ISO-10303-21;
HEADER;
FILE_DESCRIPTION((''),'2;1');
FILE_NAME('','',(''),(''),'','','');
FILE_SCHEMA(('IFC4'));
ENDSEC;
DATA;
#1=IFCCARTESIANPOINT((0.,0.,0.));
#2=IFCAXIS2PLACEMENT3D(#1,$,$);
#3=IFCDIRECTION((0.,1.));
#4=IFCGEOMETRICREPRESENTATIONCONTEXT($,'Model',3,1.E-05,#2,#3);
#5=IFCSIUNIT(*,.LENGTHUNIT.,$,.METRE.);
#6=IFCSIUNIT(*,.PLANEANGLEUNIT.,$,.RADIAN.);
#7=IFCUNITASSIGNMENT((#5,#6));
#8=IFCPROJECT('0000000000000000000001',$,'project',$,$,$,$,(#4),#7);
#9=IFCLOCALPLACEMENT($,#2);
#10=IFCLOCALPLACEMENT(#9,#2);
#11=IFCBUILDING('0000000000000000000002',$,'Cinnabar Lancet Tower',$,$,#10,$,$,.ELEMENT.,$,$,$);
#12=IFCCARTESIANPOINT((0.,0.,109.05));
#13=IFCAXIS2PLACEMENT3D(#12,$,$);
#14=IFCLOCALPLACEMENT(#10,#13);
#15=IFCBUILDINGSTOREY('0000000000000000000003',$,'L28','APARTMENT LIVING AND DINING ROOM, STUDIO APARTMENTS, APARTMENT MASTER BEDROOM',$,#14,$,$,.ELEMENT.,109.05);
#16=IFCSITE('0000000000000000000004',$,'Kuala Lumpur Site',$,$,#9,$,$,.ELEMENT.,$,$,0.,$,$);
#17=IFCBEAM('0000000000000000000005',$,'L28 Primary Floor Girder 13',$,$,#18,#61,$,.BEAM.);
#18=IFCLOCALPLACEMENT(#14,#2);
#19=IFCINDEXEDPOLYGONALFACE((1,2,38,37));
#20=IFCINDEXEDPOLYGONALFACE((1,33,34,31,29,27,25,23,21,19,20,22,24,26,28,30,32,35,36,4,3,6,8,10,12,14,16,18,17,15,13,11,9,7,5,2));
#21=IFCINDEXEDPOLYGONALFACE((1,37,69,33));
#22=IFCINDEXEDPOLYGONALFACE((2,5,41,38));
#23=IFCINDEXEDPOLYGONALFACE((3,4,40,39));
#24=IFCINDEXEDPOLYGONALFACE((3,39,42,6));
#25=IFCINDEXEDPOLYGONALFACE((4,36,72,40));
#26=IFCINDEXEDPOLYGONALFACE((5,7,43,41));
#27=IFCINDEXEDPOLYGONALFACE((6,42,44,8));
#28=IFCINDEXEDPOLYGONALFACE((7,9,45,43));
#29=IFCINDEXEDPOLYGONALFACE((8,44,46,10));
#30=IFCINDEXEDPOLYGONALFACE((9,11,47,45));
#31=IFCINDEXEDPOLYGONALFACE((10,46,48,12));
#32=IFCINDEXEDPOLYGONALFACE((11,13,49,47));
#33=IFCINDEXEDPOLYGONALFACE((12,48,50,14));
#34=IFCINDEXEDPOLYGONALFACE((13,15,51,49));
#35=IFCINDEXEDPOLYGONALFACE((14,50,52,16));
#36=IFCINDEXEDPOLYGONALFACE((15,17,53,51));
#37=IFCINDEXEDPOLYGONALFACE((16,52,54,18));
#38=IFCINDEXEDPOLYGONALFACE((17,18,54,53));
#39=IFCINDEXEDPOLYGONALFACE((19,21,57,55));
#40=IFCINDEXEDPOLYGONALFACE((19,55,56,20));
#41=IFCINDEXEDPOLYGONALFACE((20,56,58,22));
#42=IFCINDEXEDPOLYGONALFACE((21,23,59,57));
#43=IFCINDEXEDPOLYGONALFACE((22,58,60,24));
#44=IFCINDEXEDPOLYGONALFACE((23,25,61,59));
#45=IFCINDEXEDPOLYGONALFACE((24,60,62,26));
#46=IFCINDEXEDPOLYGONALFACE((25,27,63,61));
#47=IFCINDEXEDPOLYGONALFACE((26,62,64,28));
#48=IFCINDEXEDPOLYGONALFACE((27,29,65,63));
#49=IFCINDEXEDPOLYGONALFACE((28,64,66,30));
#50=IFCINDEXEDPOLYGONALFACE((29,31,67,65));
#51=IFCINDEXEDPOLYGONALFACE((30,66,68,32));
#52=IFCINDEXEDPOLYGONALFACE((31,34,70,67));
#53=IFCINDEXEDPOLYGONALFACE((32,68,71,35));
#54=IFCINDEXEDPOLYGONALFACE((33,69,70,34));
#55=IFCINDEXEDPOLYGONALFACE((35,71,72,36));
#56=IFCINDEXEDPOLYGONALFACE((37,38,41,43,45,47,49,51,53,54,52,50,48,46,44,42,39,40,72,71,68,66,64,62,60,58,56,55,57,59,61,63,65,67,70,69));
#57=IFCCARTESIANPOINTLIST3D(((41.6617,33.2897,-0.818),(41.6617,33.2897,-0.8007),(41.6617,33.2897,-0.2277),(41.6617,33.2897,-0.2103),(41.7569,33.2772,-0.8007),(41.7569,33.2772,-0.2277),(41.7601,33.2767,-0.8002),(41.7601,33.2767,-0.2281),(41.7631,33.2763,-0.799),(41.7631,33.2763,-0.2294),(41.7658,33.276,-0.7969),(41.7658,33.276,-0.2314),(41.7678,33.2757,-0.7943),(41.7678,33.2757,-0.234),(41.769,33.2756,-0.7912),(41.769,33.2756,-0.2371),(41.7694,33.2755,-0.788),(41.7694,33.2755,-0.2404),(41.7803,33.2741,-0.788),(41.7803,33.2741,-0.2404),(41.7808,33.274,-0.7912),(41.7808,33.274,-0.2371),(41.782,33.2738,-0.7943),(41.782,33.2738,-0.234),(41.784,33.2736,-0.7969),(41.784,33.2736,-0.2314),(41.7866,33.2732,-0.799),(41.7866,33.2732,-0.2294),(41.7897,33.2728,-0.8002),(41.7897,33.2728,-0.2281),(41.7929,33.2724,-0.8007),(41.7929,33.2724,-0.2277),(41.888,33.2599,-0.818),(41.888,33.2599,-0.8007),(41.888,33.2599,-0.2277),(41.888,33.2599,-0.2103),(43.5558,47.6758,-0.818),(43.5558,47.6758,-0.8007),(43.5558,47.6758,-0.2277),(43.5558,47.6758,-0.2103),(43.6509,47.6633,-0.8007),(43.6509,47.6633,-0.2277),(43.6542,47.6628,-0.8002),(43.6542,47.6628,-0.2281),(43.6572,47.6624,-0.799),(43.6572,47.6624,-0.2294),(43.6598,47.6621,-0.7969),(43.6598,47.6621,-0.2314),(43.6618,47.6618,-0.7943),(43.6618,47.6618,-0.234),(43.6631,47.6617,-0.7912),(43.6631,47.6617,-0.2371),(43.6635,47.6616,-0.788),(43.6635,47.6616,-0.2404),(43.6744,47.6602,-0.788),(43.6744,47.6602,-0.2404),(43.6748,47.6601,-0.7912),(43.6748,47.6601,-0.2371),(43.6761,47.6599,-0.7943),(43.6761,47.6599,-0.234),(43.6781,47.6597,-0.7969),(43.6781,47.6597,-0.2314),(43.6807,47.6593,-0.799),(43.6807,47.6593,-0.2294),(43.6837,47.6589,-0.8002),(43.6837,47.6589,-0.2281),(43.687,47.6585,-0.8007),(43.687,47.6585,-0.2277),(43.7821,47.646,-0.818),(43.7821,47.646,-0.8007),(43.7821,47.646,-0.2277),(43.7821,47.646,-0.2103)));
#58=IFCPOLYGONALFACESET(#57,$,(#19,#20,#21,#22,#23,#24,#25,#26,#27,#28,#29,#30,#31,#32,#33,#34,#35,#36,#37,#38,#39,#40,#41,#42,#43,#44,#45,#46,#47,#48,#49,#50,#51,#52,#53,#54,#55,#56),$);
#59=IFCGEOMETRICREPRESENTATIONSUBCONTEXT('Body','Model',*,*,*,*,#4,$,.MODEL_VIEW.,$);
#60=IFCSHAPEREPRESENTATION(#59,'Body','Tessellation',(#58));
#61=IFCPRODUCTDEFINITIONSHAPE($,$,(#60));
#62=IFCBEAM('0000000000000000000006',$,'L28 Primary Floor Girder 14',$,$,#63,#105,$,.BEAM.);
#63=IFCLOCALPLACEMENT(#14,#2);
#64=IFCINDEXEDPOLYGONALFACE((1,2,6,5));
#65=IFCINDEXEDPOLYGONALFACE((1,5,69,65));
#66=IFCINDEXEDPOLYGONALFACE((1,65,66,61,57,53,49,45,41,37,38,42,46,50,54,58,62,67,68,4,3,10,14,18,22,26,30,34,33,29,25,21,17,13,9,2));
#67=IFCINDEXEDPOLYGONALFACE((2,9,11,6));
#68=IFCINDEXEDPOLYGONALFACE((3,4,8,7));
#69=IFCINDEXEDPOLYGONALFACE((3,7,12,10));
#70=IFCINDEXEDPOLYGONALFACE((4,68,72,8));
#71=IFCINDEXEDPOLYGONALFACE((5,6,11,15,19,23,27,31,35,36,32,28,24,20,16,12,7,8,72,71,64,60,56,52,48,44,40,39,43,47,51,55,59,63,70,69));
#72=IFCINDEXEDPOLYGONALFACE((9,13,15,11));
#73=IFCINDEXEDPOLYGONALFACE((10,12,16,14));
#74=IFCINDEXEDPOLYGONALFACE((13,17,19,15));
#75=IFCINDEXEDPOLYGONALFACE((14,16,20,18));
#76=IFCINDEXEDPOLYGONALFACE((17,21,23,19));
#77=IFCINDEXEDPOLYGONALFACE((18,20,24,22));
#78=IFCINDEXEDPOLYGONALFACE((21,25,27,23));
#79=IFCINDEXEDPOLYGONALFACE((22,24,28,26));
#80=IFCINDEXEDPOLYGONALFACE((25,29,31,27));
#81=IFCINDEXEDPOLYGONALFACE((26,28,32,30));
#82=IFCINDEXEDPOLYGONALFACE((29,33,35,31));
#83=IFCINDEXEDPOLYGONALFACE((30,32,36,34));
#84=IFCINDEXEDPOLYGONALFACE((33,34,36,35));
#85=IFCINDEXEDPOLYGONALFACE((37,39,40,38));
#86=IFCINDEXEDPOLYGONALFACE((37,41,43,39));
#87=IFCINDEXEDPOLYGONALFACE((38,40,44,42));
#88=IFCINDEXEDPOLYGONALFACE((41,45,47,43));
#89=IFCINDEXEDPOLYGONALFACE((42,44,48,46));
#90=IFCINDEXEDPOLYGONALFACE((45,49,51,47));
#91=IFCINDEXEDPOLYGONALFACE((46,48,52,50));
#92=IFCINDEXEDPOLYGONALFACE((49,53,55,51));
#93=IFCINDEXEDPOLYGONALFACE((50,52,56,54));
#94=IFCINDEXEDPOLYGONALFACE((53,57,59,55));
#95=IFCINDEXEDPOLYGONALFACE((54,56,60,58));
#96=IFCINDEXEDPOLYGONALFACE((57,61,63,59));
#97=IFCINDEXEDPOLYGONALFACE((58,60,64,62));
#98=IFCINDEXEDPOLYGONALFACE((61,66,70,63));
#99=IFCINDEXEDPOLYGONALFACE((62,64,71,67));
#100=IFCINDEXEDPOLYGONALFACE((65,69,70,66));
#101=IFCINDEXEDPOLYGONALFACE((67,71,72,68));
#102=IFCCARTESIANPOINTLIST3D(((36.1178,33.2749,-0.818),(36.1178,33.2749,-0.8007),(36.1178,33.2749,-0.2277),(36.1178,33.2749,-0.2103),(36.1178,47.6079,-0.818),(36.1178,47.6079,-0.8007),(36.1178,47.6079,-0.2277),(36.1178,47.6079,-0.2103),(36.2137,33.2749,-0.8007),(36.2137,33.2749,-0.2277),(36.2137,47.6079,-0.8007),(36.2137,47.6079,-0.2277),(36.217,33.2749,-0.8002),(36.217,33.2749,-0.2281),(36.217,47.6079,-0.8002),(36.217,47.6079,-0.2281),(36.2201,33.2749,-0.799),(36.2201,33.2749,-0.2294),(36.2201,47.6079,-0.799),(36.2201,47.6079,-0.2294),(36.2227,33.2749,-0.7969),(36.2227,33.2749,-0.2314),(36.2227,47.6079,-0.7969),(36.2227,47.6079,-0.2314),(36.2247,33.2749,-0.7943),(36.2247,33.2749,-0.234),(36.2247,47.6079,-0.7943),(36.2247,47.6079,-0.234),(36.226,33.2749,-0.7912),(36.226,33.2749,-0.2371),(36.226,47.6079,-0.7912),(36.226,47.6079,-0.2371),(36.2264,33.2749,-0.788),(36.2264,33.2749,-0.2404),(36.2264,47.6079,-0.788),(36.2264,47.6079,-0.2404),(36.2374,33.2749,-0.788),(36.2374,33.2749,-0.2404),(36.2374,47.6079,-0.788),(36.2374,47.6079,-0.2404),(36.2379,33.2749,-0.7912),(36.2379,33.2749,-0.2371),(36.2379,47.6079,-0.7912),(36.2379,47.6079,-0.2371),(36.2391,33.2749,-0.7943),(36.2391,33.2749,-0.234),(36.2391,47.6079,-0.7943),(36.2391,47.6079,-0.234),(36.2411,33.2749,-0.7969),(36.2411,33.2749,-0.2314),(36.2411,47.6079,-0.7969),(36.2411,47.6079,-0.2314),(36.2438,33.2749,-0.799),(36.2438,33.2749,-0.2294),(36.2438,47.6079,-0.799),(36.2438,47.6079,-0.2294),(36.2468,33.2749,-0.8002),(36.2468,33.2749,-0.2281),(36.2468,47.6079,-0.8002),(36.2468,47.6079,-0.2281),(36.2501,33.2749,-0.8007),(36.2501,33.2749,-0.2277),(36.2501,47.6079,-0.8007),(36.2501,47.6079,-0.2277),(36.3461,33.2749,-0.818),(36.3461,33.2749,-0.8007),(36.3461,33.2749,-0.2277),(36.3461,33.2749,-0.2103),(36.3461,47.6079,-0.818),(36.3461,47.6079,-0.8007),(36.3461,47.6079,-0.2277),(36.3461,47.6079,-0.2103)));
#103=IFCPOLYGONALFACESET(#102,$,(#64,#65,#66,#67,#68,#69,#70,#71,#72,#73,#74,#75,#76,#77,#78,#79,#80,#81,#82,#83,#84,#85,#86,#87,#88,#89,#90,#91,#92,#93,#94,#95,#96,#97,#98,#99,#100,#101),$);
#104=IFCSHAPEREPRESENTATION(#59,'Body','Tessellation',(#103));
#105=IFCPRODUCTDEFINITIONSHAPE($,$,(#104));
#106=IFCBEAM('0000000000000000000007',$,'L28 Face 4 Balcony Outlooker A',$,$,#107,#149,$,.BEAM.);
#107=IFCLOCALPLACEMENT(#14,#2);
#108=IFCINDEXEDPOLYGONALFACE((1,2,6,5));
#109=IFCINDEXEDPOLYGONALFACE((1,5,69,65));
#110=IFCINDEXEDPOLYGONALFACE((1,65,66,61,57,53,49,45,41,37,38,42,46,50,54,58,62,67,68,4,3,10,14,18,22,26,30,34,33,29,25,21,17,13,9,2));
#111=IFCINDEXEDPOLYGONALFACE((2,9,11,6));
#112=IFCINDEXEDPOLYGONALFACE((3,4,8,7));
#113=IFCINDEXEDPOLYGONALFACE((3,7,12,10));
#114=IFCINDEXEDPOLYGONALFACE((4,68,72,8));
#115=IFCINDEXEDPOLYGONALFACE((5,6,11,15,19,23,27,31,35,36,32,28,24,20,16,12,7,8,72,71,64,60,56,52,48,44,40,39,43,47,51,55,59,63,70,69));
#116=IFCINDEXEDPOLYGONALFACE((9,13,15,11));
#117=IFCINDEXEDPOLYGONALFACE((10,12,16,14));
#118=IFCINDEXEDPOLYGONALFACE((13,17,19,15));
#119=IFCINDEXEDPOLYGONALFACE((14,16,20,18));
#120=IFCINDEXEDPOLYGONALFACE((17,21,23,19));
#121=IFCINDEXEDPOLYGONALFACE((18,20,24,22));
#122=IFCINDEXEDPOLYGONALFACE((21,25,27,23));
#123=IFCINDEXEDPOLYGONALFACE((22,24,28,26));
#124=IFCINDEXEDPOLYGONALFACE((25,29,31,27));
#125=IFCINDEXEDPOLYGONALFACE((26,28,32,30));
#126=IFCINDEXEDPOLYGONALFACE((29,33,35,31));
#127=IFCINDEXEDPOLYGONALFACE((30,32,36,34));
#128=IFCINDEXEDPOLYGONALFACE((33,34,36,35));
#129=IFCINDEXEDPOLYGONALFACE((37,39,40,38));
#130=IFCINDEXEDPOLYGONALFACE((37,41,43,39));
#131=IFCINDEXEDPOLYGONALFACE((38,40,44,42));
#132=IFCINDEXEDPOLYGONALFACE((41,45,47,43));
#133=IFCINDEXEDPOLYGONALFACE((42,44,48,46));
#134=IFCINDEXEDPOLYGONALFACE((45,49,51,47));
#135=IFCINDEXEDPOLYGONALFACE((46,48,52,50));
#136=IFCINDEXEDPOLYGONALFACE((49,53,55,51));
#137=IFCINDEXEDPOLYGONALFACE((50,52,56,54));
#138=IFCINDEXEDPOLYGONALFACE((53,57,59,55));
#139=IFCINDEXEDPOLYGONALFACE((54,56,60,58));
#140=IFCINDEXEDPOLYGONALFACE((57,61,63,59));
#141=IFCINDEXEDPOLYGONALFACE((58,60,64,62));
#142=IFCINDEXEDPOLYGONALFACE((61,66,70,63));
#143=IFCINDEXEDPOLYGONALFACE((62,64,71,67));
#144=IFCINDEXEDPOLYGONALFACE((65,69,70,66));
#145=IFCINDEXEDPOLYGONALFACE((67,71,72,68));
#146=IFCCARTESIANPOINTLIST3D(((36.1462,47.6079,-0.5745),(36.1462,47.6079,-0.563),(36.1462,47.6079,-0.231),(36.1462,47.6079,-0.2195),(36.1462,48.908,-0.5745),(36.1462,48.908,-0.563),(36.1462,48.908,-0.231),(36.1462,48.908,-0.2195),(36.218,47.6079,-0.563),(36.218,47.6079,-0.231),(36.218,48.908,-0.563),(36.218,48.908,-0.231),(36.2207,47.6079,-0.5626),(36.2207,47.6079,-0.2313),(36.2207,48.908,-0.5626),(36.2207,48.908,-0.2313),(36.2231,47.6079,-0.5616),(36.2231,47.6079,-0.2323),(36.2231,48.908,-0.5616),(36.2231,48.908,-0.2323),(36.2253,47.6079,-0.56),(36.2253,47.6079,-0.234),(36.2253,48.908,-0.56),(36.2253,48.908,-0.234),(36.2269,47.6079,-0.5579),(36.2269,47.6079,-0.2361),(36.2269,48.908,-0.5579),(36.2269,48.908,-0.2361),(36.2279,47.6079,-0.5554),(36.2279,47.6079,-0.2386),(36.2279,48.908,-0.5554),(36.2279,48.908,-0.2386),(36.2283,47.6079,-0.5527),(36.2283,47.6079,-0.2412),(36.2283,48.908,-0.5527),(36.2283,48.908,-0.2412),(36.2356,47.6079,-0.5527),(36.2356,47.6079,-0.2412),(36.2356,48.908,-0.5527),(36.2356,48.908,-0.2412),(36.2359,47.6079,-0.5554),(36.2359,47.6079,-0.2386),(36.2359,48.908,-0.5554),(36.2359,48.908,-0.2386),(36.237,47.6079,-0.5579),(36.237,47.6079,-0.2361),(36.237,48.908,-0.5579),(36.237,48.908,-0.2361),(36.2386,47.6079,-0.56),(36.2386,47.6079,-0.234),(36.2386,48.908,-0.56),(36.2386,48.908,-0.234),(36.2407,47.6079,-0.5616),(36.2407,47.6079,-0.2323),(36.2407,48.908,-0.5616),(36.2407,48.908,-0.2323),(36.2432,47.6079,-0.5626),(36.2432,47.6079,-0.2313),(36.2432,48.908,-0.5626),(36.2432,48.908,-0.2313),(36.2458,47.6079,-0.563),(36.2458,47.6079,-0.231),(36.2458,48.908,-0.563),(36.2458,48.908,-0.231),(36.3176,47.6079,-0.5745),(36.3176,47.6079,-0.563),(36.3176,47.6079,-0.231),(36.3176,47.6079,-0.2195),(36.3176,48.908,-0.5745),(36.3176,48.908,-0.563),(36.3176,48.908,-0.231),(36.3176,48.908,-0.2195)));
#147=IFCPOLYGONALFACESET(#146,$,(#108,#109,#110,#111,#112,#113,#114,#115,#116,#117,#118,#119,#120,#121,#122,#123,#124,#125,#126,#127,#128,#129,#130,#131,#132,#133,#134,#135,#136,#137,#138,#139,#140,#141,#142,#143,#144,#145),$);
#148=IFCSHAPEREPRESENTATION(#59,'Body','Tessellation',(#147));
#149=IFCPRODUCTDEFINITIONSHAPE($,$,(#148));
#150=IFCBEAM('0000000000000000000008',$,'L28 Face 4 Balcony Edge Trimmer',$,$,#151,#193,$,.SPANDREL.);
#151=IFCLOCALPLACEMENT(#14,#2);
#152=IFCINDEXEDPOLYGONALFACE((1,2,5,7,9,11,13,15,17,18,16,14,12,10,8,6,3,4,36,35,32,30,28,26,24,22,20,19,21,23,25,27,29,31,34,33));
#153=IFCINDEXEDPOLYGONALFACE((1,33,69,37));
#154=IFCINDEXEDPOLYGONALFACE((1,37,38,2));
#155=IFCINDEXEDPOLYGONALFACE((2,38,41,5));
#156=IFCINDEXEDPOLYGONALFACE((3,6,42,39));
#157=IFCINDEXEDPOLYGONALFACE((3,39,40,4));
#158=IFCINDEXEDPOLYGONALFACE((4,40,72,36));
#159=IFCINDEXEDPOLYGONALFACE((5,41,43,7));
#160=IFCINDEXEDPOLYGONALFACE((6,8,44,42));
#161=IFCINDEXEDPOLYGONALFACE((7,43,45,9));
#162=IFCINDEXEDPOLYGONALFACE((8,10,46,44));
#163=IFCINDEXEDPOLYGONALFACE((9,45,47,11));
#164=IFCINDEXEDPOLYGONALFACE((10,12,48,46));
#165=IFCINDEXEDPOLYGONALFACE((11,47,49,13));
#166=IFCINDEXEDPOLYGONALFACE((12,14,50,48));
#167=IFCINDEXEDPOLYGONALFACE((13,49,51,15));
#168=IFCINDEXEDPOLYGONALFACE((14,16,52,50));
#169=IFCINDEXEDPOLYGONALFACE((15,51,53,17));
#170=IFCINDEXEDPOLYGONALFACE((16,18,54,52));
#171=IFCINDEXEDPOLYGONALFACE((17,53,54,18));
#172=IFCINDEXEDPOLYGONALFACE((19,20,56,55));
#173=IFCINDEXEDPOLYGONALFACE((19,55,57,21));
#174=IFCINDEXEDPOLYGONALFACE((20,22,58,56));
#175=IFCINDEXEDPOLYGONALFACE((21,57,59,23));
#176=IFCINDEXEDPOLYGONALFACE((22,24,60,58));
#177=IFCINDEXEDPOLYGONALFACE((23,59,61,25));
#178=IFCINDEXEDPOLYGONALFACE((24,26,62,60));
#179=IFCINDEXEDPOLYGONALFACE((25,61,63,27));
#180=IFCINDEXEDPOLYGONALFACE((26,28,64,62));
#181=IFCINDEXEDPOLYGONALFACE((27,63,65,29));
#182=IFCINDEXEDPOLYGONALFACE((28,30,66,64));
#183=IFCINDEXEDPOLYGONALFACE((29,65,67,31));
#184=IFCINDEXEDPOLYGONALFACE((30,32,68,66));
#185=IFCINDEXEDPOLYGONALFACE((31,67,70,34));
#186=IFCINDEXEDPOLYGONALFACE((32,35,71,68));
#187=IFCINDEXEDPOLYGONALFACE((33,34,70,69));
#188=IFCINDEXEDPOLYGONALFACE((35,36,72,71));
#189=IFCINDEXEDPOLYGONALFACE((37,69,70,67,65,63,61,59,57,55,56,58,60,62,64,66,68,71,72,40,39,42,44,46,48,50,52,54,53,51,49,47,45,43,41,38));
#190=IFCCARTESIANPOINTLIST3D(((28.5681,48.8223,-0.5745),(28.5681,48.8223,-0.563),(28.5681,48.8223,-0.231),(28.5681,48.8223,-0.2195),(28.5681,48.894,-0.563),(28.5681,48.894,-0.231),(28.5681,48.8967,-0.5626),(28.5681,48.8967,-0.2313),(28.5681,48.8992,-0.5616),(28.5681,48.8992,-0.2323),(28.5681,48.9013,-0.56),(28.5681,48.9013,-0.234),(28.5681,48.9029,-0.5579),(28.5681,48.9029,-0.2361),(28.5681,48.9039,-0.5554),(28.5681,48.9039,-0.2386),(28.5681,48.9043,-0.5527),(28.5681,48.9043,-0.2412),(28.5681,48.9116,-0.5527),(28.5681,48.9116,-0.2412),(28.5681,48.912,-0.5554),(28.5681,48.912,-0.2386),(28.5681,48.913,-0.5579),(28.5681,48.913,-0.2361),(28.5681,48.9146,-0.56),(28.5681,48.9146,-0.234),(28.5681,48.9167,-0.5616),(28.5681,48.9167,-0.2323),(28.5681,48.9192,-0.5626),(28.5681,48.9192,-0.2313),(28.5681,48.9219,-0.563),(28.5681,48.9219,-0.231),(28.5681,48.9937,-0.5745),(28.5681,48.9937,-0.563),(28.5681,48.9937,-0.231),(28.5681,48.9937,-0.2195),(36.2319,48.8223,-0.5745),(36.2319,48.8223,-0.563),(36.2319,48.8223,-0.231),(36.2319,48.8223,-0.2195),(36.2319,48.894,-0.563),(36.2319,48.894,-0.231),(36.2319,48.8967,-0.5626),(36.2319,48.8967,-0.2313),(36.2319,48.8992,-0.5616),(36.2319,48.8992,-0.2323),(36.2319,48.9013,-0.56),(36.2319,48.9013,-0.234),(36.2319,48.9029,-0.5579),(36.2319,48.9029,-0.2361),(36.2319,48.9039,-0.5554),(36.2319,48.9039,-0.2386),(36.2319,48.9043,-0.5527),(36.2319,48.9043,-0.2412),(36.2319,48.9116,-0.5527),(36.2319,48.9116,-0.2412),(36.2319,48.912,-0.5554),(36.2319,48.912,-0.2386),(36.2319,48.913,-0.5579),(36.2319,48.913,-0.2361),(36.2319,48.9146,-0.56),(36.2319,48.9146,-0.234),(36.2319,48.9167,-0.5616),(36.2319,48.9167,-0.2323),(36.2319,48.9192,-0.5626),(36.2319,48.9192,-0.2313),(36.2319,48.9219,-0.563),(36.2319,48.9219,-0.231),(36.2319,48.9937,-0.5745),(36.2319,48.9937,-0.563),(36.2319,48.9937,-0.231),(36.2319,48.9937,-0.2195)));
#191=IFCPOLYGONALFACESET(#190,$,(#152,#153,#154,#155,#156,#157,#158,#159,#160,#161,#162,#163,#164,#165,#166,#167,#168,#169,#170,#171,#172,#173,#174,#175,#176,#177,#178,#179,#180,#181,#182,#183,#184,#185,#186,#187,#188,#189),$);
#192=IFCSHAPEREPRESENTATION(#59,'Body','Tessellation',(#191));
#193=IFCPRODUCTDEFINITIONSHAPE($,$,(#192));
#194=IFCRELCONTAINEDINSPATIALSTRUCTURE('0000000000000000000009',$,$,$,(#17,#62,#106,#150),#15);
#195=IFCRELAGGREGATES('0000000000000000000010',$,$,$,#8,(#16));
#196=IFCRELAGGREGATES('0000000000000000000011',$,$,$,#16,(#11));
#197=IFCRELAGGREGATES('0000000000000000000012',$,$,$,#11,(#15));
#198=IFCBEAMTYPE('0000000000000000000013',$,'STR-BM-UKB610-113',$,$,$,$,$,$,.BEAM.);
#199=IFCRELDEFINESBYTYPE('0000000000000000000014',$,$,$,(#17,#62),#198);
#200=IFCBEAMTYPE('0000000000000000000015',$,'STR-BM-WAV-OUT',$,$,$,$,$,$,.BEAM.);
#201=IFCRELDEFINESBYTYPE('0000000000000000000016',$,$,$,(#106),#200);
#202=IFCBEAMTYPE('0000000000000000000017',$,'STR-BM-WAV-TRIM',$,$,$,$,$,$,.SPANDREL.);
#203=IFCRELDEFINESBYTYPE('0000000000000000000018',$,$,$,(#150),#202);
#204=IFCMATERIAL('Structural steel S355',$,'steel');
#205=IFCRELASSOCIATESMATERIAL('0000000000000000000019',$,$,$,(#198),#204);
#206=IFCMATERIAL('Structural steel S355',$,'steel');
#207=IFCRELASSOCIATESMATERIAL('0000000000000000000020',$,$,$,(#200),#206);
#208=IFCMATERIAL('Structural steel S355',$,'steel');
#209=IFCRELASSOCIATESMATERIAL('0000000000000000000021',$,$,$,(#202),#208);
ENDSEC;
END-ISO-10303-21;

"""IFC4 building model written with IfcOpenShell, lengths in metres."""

from ifc_helpers import new_model, si_unit, direction, frame, origin, origin_2d, place, context, subcontext, project, spatial, i_section, extrude, material, material_profile, profile_set, type_object, element, save


model = new_model("IFC4")

# Units and contexts
model_context = context("Model", 3, precision=1e-05, world=origin(), true_north=direction((0.0, 1.0)))
body_context = subcontext(model_context, "Body", "Model", "MODEL_VIEW")
ifc_project = project(units=[si_unit("LENGTHUNIT", "METRE"), si_unit("PLANEANGLEUNIT", "RADIAN")], contexts=[model_context])

# Site, building, storey
site_placement = place(None, origin())
site = spatial("IfcSite", under=ifc_project, at=site_placement, Name="Kuala Lumpur Site", CompositionType="ELEMENT", RefElevation=0.0)
building_placement = place(site_placement, origin())
building = spatial("IfcBuilding", under=site, at=building_placement, Name="Cinnabar Lancet Tower", CompositionType="ELEMENT")
storey_placement = place(building_placement, frame((0.0, 0.0, 109.05)))
storey = spatial("IfcBuildingStorey", under=building, at=storey_placement, Name="L28", Description="APARTMENT LIVING AND DINING ROOM, STUDIO APARTMENTS, APARTMENT MASTER BEDROOM", CompositionType="ELEMENT", Elevation=109.05)

# Beams
ifc_material_1 = material(Name="Structural steel S355", Category="steel")
ifc_material_profile_1 = material_profile(ifc_material_1, i_section(OverallWidth=0.2283, OverallDepth=0.6077, WebThickness=0.011, FlangeThickness=0.0173, FilletRadius=0.0127, at=origin_2d()), Name="UKB 610x229x113")
ifc_profile_set_1 = profile_set([ifc_material_profile_1], Name="Structural steel S355")
beam_type_1 = type_object("IfcBeamType", Name="STR-BM-UKB610-113", PredefinedType="BEAM", material=ifc_profile_set_1)
beam_1_placement = place(storey_placement, frame((43.6689, 47.6609, -0.5142), z_axis=(-0.130532, -0.991444, 0.0), x_axis=(0.991444, -0.130532, 0.0)))
element("IfcBeam", 1, at=beam_1_placement, inside=storey, type_object=beam_type_1, Name="L28 Primary Floor Girder 13", PredefinedType="BEAM", context=body_context, shape_type="SweptSolid", body=[
    extrude(i_section(OverallWidth=0.2283, OverallDepth=0.6077, WebThickness=0.011, FlangeThickness=0.0173, FilletRadius=0.0127, at=origin_2d()), origin(), (0.0, 0.0, 1.0), 14.5103),
])
beam_2_placement = place(storey_placement, frame((36.2319, 47.6079, -0.5142), z_axis=(0.0, -1.0, 0.0), x_axis=(1.0, 0.0, 0.0)))
element("IfcBeam", 2, at=beam_2_placement, inside=storey, type_object=beam_type_1, Name="L28 Primary Floor Girder 14", PredefinedType="BEAM", context=body_context, shape_type="SweptSolid", body=[
    extrude(i_section(OverallWidth=0.2283, OverallDepth=0.6077, WebThickness=0.011, FlangeThickness=0.0173, FilletRadius=0.0127, at=origin_2d()), origin(), (0.0, 0.0, 1.0), 14.333),
])
ifc_material_2 = material(Name="Structural steel S355", Category="steel")
ifc_material_profile_2 = material_profile(ifc_material_2, i_section(OverallWidth=0.1714, OverallDepth=0.355, WebThickness=0.0073, FlangeThickness=0.0115, FilletRadius=0.0103, at=origin_2d()), Name="UKB 356x171x51")
ifc_profile_set_2 = profile_set([ifc_material_profile_2], Name="Structural steel S355")
beam_type_2 = type_object("IfcBeamType", Name="STR-BM-WAV-OUT", PredefinedType="BEAM", material=ifc_profile_set_2)
beam_3_placement = place(storey_placement, frame((36.2319, 47.6079, -0.397), z_axis=(0.0, 1.0, 0.0), x_axis=(-1.0, 0.0, 0.0)))
element("IfcBeam", 3, at=beam_3_placement, inside=storey, type_object=beam_type_2, Name="L28 Face 4 Balcony Outlooker A", PredefinedType="BEAM", context=body_context, shape_type="SweptSolid", body=[
    extrude(i_section(OverallWidth=0.1714, OverallDepth=0.355, WebThickness=0.0073, FlangeThickness=0.0115, FilletRadius=0.0103, at=origin_2d()), origin(), (0.0, 0.0, 1.0), 1.3),
])
ifc_material_3 = material(Name="Structural steel S355", Category="steel")
ifc_material_profile_3 = material_profile(ifc_material_3, i_section(OverallWidth=0.1714, OverallDepth=0.355, WebThickness=0.0073, FlangeThickness=0.0115, FilletRadius=0.0103, at=origin_2d()), Name="UKB 356x171x51")
ifc_profile_set_3 = profile_set([ifc_material_profile_3], Name="Structural steel S355")
beam_type_3 = type_object("IfcBeamType", Name="STR-BM-WAV-TRIM", PredefinedType="SPANDREL", material=ifc_profile_set_3)
beam_4_placement = place(storey_placement, frame((36.2319, 48.908, -0.397), z_axis=(-1.0, 0.0, 0.0), x_axis=(0.0, -1.0, 0.0)))
element("IfcBeam", 4, at=beam_4_placement, inside=storey, type_object=beam_type_3, Name="L28 Face 4 Balcony Edge Trimmer", PredefinedType="SPANDREL", context=body_context, shape_type="SweptSolid", body=[
    extrude(i_section(OverallWidth=0.1714, OverallDepth=0.355, WebThickness=0.0073, FlangeThickness=0.0115, FilletRadius=0.0103, at=origin_2d()), origin(), (0.0, 0.0, 1.0), 7.6638),
])

save(model, "model.ifc")
